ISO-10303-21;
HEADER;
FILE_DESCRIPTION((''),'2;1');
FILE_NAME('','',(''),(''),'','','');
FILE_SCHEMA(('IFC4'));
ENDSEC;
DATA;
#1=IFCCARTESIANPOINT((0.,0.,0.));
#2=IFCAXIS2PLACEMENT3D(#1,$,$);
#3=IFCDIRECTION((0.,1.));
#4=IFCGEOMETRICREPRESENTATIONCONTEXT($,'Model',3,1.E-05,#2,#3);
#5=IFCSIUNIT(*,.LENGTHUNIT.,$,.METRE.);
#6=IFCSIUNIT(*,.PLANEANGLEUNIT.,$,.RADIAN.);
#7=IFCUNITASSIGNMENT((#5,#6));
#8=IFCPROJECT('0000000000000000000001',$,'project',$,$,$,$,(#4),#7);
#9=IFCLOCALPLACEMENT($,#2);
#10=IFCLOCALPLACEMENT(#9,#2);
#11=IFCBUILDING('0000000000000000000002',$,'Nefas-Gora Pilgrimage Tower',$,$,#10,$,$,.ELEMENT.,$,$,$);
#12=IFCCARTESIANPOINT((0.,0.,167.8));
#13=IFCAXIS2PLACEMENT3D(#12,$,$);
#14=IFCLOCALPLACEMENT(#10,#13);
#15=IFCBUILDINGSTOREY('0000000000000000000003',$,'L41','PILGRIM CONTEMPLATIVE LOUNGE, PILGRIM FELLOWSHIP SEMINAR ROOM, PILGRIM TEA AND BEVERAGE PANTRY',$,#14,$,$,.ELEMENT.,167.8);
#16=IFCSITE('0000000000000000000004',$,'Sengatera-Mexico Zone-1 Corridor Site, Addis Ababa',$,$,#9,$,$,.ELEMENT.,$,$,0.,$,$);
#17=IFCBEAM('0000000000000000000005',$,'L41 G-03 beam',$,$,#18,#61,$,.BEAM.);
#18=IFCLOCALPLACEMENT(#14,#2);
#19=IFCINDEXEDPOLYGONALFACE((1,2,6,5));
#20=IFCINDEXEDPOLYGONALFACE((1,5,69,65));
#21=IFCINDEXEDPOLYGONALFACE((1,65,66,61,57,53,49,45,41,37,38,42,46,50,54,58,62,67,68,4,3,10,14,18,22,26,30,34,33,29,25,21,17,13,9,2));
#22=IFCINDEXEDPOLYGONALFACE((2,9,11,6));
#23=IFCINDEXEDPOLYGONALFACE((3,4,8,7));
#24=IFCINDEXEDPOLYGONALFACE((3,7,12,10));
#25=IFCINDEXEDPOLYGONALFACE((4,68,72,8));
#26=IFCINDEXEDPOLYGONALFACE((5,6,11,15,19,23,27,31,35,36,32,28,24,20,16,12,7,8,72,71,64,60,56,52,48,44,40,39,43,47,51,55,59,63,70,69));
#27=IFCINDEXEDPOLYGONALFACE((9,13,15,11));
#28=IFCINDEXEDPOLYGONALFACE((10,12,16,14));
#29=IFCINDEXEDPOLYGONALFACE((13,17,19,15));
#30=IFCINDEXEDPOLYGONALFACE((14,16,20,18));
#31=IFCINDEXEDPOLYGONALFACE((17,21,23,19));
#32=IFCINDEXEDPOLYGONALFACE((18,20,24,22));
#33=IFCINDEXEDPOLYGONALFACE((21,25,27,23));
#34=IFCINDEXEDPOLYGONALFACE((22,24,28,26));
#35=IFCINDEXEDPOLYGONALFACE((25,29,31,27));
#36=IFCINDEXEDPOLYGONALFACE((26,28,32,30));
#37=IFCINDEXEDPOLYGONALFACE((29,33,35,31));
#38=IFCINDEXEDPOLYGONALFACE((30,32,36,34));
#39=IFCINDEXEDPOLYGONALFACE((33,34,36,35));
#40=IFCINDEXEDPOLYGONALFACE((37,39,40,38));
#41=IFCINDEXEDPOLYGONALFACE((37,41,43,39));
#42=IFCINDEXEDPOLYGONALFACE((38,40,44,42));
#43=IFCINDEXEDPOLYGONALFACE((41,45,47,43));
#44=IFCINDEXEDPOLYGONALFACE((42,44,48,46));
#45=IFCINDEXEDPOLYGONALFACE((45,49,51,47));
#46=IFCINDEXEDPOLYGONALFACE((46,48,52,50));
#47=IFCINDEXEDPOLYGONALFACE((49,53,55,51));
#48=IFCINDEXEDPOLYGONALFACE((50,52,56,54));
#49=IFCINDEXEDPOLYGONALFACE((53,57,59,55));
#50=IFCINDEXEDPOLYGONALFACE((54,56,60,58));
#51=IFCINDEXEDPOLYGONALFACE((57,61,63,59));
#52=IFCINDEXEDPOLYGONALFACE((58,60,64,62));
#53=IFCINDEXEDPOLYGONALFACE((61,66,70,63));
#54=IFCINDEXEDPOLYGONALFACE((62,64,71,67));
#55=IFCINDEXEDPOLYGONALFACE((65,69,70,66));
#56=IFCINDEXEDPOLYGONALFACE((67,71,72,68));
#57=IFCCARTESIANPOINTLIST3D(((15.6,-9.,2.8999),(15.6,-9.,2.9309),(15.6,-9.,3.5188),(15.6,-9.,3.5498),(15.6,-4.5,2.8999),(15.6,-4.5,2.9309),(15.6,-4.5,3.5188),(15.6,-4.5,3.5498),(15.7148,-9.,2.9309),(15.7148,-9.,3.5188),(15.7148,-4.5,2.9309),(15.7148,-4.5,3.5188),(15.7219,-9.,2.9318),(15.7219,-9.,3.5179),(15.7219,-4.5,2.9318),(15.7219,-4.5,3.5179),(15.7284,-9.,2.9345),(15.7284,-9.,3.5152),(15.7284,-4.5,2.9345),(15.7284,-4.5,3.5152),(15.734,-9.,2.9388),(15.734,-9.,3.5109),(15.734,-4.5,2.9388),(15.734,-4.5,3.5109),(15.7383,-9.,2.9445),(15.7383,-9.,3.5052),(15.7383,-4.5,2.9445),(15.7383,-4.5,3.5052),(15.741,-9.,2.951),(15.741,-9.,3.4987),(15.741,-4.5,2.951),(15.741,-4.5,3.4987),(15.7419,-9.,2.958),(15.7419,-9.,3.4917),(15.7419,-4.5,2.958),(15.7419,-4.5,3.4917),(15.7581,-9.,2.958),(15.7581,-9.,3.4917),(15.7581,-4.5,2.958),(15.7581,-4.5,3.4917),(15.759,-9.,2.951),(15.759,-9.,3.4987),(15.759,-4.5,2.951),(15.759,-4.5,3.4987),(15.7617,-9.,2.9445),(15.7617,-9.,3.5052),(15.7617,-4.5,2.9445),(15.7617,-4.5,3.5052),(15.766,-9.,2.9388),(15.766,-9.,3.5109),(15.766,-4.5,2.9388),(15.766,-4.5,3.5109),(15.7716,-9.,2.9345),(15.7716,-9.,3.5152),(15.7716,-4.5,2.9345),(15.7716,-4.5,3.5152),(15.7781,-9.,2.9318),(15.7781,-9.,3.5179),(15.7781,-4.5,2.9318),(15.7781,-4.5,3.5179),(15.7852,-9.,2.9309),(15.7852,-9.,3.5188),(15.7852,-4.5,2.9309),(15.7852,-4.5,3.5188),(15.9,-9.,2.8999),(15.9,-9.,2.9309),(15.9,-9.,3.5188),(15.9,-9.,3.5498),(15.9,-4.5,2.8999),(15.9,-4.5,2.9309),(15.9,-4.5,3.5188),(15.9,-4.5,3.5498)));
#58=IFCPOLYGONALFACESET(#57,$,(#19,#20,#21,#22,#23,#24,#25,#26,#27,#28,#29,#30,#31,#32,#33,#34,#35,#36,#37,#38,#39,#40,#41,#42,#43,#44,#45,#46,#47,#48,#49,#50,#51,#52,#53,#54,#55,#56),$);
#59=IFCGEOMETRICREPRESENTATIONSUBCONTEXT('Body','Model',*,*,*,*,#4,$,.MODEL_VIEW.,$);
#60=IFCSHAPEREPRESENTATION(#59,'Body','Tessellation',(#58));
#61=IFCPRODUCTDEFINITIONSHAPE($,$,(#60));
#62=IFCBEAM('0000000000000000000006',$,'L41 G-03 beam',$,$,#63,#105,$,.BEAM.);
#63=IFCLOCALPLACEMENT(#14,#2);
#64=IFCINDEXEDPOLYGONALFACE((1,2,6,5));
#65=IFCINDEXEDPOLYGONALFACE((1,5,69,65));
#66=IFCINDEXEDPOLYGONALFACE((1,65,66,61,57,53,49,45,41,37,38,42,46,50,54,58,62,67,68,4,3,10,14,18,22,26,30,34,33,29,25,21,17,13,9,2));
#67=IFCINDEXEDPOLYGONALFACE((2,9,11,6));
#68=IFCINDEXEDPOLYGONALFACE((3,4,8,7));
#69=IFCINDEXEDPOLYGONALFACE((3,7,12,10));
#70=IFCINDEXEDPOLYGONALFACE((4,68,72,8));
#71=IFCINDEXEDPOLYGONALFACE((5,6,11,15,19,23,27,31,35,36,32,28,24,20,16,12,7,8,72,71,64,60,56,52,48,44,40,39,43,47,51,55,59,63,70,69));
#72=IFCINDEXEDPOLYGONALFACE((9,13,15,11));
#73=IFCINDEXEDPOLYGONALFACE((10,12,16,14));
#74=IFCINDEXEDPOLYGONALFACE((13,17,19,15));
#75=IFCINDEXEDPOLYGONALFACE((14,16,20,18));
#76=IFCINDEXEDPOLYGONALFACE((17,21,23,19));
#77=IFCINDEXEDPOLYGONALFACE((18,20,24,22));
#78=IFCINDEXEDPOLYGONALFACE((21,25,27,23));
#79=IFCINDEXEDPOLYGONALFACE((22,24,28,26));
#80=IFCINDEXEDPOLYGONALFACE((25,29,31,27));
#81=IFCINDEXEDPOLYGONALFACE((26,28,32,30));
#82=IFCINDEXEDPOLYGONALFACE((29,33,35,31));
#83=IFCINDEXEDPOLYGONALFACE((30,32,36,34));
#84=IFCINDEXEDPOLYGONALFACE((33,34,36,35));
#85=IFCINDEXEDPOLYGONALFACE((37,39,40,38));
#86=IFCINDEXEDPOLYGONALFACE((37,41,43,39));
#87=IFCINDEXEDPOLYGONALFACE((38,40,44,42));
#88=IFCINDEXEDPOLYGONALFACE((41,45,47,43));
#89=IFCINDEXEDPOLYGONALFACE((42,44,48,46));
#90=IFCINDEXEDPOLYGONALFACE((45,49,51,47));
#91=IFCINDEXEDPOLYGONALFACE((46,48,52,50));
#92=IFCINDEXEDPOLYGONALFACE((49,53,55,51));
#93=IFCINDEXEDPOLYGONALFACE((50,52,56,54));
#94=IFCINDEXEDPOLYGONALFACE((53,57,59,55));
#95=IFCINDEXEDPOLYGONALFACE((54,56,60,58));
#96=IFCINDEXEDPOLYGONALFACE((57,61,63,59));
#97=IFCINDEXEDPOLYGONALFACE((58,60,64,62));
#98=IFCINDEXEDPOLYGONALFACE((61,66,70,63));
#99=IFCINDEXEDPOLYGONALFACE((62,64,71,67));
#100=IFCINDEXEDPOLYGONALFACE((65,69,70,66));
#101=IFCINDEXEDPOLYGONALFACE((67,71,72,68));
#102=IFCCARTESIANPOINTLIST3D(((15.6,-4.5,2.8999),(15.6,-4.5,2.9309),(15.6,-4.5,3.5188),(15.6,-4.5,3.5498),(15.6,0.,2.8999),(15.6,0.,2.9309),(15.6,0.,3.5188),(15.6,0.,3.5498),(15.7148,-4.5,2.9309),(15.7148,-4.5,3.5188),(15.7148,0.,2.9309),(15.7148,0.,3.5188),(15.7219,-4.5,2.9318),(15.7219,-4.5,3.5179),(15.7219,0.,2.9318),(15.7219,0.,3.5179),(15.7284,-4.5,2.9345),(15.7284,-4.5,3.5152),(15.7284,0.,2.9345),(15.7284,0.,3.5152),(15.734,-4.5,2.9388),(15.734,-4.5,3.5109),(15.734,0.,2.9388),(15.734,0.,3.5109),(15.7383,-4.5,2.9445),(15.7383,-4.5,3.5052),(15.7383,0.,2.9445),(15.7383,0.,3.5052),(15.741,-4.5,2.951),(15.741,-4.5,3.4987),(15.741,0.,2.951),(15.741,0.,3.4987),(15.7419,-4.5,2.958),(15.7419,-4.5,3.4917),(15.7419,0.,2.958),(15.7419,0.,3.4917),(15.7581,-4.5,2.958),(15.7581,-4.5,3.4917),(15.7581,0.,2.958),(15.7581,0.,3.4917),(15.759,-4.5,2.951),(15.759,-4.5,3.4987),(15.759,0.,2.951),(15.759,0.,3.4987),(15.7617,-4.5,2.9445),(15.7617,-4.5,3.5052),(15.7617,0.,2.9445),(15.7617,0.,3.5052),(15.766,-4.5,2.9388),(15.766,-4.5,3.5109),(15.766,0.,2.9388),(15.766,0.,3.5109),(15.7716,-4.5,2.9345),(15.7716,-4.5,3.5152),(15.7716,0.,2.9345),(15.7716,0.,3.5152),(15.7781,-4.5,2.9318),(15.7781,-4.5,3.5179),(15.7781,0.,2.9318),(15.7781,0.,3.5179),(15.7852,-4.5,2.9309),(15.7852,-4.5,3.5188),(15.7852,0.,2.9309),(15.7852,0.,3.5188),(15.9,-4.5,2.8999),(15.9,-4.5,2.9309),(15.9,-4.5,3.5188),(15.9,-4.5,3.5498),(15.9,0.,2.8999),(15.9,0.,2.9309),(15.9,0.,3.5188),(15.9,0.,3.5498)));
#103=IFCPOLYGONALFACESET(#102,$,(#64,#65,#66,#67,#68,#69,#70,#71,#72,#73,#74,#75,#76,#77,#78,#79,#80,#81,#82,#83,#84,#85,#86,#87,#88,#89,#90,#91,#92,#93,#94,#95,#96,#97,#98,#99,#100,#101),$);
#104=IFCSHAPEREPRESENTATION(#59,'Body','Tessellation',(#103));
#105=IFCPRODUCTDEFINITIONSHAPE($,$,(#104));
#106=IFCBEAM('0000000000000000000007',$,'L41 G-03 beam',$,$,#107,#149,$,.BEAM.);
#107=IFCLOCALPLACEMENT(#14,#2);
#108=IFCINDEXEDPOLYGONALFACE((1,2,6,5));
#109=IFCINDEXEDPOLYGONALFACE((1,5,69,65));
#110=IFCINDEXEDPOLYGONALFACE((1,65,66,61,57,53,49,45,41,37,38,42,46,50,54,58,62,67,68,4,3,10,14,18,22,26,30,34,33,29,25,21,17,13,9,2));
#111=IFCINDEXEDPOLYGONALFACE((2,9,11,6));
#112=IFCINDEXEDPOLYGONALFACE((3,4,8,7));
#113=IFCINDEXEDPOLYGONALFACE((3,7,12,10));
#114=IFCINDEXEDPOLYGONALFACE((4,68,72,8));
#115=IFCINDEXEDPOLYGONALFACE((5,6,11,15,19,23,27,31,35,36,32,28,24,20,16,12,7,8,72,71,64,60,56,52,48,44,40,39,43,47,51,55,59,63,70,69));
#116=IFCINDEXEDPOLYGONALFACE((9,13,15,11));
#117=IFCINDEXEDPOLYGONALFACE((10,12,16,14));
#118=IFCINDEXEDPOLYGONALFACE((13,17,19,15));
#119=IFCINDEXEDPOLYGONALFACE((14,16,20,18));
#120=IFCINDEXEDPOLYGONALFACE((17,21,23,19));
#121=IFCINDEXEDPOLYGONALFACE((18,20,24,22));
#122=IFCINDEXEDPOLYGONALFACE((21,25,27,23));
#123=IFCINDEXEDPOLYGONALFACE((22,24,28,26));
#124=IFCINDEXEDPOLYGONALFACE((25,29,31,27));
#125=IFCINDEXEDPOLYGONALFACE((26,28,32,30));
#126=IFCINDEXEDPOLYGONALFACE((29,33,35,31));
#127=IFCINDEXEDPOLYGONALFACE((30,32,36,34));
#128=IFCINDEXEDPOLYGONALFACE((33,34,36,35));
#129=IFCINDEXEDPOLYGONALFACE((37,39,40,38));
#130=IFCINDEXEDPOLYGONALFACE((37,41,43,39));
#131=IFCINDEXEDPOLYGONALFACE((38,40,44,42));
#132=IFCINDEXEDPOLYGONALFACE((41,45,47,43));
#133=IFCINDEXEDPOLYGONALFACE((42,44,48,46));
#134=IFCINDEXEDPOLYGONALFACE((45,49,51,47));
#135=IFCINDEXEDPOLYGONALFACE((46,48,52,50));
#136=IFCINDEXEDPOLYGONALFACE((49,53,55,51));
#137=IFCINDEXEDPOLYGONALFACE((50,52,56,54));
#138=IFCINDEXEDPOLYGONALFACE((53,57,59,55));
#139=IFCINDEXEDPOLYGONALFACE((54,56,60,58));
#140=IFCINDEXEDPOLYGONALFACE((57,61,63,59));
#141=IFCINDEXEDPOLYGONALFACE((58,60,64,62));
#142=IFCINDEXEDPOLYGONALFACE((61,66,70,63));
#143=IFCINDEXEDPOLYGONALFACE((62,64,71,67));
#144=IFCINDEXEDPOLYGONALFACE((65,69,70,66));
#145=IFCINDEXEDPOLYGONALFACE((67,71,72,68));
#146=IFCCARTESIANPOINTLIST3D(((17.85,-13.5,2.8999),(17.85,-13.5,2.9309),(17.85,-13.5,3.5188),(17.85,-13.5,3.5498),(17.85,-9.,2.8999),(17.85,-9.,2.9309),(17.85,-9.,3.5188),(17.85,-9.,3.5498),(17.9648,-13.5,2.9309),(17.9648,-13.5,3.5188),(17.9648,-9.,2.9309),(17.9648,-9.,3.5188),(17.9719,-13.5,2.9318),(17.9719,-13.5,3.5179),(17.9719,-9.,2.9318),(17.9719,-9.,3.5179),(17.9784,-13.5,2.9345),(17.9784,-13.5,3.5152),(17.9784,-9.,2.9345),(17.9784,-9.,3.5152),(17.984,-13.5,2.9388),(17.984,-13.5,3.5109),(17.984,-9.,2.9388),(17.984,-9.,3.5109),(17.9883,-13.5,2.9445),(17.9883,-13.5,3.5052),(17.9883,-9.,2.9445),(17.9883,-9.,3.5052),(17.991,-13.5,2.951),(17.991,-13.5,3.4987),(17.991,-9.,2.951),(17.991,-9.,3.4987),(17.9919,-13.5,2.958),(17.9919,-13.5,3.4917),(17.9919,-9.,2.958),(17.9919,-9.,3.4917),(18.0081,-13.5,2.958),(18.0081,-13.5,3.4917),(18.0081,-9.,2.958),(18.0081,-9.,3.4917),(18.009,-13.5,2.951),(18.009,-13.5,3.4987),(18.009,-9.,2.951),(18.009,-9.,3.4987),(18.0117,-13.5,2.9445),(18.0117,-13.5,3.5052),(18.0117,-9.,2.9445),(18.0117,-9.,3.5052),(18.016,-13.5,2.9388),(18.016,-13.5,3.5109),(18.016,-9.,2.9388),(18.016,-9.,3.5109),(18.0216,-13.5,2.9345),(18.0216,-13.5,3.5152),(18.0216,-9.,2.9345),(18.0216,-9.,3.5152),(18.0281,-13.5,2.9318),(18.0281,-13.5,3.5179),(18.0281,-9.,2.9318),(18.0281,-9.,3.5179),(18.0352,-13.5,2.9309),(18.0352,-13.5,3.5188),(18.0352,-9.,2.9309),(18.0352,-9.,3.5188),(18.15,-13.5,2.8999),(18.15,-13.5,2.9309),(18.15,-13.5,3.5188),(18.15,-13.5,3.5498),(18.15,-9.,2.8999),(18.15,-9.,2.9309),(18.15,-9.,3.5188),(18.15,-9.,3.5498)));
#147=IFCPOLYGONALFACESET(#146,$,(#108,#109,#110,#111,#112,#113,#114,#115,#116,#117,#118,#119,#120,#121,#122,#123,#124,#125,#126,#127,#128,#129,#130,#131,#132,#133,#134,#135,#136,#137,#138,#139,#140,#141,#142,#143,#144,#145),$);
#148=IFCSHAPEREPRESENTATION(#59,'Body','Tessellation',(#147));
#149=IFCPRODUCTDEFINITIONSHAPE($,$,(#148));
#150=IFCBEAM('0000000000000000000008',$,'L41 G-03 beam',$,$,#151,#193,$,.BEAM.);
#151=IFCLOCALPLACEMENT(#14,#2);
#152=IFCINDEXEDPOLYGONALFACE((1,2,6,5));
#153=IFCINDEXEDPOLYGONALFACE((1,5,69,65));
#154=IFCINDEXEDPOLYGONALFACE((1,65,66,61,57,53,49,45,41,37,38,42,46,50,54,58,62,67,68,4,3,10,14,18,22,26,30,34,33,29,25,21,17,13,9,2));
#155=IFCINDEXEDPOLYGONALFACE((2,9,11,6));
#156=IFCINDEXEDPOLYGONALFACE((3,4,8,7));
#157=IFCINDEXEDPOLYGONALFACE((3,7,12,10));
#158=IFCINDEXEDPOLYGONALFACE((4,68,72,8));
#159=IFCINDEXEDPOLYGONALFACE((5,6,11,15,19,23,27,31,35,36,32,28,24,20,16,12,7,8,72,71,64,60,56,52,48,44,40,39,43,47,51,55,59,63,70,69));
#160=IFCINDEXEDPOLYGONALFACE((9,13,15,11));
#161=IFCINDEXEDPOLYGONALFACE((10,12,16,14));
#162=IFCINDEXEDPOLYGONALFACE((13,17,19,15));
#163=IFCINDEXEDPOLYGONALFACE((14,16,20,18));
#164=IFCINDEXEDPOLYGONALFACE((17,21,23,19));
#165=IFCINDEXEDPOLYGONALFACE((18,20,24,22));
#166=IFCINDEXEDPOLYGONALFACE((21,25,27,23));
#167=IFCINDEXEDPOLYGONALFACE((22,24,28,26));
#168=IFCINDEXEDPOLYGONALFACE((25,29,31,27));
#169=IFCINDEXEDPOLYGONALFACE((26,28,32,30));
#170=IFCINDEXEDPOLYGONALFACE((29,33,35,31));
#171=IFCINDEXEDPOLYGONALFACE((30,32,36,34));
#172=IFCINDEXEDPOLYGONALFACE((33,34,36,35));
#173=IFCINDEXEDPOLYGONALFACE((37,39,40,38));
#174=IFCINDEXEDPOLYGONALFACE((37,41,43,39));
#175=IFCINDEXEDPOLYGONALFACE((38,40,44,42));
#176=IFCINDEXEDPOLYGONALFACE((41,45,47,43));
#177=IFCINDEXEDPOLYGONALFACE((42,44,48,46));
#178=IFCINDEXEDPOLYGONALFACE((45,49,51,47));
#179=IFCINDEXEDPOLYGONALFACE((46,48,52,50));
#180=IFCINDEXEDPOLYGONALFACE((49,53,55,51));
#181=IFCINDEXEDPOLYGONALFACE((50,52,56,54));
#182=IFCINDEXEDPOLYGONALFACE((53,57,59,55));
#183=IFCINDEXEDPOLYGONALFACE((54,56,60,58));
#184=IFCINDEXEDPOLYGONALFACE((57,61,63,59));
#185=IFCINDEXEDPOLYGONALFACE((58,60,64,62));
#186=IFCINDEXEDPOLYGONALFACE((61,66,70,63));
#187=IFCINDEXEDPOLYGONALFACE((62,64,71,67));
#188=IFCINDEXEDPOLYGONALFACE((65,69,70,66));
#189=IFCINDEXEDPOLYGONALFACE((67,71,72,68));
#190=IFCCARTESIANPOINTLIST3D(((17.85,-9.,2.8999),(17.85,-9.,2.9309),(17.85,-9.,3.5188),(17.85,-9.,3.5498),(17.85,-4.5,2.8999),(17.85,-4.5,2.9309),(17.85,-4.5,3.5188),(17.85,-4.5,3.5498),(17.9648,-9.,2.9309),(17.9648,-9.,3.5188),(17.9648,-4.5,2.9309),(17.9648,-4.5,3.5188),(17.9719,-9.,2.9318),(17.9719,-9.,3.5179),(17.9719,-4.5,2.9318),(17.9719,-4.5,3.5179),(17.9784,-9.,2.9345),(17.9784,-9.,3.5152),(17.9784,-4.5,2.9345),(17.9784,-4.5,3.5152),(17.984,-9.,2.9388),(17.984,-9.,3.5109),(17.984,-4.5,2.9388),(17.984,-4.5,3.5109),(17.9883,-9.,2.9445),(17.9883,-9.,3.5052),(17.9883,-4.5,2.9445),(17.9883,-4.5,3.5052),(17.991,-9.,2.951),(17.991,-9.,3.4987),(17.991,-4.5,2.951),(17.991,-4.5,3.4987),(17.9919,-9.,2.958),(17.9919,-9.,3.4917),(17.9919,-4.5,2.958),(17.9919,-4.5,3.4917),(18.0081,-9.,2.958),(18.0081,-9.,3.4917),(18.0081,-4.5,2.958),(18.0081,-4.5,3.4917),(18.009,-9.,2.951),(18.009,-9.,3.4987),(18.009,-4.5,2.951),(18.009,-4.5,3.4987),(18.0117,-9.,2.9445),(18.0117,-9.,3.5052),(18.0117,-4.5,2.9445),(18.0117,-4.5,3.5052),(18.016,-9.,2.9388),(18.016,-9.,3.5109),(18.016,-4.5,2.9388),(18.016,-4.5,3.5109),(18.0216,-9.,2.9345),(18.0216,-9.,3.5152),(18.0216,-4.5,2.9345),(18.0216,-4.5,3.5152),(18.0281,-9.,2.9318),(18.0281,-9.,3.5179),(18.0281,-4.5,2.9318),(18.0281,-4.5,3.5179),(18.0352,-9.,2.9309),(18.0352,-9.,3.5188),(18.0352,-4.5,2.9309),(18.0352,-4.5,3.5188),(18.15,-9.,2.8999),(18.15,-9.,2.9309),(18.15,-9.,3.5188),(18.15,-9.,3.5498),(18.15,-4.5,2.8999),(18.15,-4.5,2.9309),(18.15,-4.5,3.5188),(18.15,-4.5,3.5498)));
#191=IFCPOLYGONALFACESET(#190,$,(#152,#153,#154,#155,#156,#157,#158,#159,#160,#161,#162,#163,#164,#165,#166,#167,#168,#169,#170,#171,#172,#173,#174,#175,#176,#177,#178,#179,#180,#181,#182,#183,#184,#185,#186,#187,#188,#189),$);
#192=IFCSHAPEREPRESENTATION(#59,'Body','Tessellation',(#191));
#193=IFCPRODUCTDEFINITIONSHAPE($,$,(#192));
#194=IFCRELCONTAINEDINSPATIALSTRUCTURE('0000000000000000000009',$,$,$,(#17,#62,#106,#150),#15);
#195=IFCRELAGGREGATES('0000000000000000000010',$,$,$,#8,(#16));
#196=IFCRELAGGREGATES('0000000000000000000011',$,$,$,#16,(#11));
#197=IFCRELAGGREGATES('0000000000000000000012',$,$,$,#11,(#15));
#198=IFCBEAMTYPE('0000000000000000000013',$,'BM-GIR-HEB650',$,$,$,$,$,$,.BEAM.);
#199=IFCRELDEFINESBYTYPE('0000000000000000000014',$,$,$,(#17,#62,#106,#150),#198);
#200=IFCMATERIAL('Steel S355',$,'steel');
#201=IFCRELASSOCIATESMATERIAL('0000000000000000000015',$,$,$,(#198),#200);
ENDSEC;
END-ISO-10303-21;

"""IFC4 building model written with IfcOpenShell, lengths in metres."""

from ifc_helpers import new_model, si_unit, direction, frame, origin, origin_2d, place, context, subcontext, project, spatial, i_section, extrude, source, transform, mapped, material, material_profile, profile_set, type_object, element, save


model = new_model("IFC4")

# Units and contexts
model_context = context("Model", 3, precision=1e-05, world=origin(), true_north=direction((0.0, 1.0)))
body_context = subcontext(model_context, "Body", "Model", "MODEL_VIEW")
ifc_project = project(units=[si_unit("LENGTHUNIT", "METRE"), si_unit("PLANEANGLEUNIT", "RADIAN")], contexts=[model_context])

# Site, building, storey
site_placement = place(None, origin())
site = spatial("IfcSite", under=ifc_project, at=site_placement, Name="Sengatera-Mexico Zone-1 Corridor Site, Addis Ababa", CompositionType="ELEMENT", RefElevation=0.0)
building_placement = place(site_placement, origin())
building = spatial("IfcBuilding", under=site, at=building_placement, Name="Nefas-Gora Pilgrimage Tower", CompositionType="ELEMENT")
storey_placement = place(building_placement, frame((0.0, 0.0, 167.8)))
storey = spatial("IfcBuildingStorey", under=building, at=storey_placement, Name="L41", Description="PILGRIM CONTEMPLATIVE LOUNGE, PILGRIM FELLOWSHIP SEMINAR ROOM, PILGRIM TEA AND BEVERAGE PANTRY", CompositionType="ELEMENT", Elevation=167.8)

# Beams
ifc_material_1 = material(Name="Steel S355", Category="steel")
ifc_material_profile_1 = material_profile(ifc_material_1, i_section(OverallWidth=0.3, OverallDepth=0.6499, WebThickness=0.0161, FlangeThickness=0.031, FilletRadius=0.0271, at=origin_2d()), Name="HEB 650")
ifc_profile_set_1 = profile_set([ifc_material_profile_1], Name="Steel S355")
beam_type_1 = type_object("IfcBeamType", Name="BM-GIR-HEB650", PredefinedType="BEAM", material=ifc_profile_set_1)
shared_shape_1 = source(origin(), body_context, "Body", "SweptSolid", [
    extrude(i_section(OverallWidth=0.3, OverallDepth=0.6499, WebThickness=0.0161, FlangeThickness=0.031, FilletRadius=0.0271, at=origin_2d()), origin(), (0.0, 0.0, 1.0), 4.5),
])
for number, where, z_axis, x_axis, name in (
    (1, (15.75, -9.0, 3.2249), (0.0, 1.0, 0.0), (-1.0, 0.0, 0.0), "L41 G-03 beam"),
    (2, (15.75, -4.5, 3.2249), (0.0, 1.0, 0.0), (-1.0, 0.0, 0.0), "L41 G-03 beam"),
    (3, (18.0, -13.5, 3.2249), (0.0, 1.0, 0.0), (-1.0, 0.0, 0.0), "L41 G-03 beam"),
    (4, (18.0, -9.0, 3.2249), (0.0, 1.0, 0.0), (-1.0, 0.0, 0.0), "L41 G-03 beam"),
):
    element("IfcBeam", number, at=place(storey_placement, frame(where, z_axis=z_axis, x_axis=x_axis)), inside=storey, type_object=beam_type_1, Name=name, PredefinedType="BEAM", context=body_context, shape_type="MappedRepresentation", body=[
        mapped(shared_shape_1, transform((0.0, 0.0, 0.0), x_axis=(1.0, 0.0, 0.0), y_axis=(0.0, 1.0, 0.0), z_axis=(0.0, 0.0, 1.0), scale=1.0)),
    ])

save(model, "model.ifc")
